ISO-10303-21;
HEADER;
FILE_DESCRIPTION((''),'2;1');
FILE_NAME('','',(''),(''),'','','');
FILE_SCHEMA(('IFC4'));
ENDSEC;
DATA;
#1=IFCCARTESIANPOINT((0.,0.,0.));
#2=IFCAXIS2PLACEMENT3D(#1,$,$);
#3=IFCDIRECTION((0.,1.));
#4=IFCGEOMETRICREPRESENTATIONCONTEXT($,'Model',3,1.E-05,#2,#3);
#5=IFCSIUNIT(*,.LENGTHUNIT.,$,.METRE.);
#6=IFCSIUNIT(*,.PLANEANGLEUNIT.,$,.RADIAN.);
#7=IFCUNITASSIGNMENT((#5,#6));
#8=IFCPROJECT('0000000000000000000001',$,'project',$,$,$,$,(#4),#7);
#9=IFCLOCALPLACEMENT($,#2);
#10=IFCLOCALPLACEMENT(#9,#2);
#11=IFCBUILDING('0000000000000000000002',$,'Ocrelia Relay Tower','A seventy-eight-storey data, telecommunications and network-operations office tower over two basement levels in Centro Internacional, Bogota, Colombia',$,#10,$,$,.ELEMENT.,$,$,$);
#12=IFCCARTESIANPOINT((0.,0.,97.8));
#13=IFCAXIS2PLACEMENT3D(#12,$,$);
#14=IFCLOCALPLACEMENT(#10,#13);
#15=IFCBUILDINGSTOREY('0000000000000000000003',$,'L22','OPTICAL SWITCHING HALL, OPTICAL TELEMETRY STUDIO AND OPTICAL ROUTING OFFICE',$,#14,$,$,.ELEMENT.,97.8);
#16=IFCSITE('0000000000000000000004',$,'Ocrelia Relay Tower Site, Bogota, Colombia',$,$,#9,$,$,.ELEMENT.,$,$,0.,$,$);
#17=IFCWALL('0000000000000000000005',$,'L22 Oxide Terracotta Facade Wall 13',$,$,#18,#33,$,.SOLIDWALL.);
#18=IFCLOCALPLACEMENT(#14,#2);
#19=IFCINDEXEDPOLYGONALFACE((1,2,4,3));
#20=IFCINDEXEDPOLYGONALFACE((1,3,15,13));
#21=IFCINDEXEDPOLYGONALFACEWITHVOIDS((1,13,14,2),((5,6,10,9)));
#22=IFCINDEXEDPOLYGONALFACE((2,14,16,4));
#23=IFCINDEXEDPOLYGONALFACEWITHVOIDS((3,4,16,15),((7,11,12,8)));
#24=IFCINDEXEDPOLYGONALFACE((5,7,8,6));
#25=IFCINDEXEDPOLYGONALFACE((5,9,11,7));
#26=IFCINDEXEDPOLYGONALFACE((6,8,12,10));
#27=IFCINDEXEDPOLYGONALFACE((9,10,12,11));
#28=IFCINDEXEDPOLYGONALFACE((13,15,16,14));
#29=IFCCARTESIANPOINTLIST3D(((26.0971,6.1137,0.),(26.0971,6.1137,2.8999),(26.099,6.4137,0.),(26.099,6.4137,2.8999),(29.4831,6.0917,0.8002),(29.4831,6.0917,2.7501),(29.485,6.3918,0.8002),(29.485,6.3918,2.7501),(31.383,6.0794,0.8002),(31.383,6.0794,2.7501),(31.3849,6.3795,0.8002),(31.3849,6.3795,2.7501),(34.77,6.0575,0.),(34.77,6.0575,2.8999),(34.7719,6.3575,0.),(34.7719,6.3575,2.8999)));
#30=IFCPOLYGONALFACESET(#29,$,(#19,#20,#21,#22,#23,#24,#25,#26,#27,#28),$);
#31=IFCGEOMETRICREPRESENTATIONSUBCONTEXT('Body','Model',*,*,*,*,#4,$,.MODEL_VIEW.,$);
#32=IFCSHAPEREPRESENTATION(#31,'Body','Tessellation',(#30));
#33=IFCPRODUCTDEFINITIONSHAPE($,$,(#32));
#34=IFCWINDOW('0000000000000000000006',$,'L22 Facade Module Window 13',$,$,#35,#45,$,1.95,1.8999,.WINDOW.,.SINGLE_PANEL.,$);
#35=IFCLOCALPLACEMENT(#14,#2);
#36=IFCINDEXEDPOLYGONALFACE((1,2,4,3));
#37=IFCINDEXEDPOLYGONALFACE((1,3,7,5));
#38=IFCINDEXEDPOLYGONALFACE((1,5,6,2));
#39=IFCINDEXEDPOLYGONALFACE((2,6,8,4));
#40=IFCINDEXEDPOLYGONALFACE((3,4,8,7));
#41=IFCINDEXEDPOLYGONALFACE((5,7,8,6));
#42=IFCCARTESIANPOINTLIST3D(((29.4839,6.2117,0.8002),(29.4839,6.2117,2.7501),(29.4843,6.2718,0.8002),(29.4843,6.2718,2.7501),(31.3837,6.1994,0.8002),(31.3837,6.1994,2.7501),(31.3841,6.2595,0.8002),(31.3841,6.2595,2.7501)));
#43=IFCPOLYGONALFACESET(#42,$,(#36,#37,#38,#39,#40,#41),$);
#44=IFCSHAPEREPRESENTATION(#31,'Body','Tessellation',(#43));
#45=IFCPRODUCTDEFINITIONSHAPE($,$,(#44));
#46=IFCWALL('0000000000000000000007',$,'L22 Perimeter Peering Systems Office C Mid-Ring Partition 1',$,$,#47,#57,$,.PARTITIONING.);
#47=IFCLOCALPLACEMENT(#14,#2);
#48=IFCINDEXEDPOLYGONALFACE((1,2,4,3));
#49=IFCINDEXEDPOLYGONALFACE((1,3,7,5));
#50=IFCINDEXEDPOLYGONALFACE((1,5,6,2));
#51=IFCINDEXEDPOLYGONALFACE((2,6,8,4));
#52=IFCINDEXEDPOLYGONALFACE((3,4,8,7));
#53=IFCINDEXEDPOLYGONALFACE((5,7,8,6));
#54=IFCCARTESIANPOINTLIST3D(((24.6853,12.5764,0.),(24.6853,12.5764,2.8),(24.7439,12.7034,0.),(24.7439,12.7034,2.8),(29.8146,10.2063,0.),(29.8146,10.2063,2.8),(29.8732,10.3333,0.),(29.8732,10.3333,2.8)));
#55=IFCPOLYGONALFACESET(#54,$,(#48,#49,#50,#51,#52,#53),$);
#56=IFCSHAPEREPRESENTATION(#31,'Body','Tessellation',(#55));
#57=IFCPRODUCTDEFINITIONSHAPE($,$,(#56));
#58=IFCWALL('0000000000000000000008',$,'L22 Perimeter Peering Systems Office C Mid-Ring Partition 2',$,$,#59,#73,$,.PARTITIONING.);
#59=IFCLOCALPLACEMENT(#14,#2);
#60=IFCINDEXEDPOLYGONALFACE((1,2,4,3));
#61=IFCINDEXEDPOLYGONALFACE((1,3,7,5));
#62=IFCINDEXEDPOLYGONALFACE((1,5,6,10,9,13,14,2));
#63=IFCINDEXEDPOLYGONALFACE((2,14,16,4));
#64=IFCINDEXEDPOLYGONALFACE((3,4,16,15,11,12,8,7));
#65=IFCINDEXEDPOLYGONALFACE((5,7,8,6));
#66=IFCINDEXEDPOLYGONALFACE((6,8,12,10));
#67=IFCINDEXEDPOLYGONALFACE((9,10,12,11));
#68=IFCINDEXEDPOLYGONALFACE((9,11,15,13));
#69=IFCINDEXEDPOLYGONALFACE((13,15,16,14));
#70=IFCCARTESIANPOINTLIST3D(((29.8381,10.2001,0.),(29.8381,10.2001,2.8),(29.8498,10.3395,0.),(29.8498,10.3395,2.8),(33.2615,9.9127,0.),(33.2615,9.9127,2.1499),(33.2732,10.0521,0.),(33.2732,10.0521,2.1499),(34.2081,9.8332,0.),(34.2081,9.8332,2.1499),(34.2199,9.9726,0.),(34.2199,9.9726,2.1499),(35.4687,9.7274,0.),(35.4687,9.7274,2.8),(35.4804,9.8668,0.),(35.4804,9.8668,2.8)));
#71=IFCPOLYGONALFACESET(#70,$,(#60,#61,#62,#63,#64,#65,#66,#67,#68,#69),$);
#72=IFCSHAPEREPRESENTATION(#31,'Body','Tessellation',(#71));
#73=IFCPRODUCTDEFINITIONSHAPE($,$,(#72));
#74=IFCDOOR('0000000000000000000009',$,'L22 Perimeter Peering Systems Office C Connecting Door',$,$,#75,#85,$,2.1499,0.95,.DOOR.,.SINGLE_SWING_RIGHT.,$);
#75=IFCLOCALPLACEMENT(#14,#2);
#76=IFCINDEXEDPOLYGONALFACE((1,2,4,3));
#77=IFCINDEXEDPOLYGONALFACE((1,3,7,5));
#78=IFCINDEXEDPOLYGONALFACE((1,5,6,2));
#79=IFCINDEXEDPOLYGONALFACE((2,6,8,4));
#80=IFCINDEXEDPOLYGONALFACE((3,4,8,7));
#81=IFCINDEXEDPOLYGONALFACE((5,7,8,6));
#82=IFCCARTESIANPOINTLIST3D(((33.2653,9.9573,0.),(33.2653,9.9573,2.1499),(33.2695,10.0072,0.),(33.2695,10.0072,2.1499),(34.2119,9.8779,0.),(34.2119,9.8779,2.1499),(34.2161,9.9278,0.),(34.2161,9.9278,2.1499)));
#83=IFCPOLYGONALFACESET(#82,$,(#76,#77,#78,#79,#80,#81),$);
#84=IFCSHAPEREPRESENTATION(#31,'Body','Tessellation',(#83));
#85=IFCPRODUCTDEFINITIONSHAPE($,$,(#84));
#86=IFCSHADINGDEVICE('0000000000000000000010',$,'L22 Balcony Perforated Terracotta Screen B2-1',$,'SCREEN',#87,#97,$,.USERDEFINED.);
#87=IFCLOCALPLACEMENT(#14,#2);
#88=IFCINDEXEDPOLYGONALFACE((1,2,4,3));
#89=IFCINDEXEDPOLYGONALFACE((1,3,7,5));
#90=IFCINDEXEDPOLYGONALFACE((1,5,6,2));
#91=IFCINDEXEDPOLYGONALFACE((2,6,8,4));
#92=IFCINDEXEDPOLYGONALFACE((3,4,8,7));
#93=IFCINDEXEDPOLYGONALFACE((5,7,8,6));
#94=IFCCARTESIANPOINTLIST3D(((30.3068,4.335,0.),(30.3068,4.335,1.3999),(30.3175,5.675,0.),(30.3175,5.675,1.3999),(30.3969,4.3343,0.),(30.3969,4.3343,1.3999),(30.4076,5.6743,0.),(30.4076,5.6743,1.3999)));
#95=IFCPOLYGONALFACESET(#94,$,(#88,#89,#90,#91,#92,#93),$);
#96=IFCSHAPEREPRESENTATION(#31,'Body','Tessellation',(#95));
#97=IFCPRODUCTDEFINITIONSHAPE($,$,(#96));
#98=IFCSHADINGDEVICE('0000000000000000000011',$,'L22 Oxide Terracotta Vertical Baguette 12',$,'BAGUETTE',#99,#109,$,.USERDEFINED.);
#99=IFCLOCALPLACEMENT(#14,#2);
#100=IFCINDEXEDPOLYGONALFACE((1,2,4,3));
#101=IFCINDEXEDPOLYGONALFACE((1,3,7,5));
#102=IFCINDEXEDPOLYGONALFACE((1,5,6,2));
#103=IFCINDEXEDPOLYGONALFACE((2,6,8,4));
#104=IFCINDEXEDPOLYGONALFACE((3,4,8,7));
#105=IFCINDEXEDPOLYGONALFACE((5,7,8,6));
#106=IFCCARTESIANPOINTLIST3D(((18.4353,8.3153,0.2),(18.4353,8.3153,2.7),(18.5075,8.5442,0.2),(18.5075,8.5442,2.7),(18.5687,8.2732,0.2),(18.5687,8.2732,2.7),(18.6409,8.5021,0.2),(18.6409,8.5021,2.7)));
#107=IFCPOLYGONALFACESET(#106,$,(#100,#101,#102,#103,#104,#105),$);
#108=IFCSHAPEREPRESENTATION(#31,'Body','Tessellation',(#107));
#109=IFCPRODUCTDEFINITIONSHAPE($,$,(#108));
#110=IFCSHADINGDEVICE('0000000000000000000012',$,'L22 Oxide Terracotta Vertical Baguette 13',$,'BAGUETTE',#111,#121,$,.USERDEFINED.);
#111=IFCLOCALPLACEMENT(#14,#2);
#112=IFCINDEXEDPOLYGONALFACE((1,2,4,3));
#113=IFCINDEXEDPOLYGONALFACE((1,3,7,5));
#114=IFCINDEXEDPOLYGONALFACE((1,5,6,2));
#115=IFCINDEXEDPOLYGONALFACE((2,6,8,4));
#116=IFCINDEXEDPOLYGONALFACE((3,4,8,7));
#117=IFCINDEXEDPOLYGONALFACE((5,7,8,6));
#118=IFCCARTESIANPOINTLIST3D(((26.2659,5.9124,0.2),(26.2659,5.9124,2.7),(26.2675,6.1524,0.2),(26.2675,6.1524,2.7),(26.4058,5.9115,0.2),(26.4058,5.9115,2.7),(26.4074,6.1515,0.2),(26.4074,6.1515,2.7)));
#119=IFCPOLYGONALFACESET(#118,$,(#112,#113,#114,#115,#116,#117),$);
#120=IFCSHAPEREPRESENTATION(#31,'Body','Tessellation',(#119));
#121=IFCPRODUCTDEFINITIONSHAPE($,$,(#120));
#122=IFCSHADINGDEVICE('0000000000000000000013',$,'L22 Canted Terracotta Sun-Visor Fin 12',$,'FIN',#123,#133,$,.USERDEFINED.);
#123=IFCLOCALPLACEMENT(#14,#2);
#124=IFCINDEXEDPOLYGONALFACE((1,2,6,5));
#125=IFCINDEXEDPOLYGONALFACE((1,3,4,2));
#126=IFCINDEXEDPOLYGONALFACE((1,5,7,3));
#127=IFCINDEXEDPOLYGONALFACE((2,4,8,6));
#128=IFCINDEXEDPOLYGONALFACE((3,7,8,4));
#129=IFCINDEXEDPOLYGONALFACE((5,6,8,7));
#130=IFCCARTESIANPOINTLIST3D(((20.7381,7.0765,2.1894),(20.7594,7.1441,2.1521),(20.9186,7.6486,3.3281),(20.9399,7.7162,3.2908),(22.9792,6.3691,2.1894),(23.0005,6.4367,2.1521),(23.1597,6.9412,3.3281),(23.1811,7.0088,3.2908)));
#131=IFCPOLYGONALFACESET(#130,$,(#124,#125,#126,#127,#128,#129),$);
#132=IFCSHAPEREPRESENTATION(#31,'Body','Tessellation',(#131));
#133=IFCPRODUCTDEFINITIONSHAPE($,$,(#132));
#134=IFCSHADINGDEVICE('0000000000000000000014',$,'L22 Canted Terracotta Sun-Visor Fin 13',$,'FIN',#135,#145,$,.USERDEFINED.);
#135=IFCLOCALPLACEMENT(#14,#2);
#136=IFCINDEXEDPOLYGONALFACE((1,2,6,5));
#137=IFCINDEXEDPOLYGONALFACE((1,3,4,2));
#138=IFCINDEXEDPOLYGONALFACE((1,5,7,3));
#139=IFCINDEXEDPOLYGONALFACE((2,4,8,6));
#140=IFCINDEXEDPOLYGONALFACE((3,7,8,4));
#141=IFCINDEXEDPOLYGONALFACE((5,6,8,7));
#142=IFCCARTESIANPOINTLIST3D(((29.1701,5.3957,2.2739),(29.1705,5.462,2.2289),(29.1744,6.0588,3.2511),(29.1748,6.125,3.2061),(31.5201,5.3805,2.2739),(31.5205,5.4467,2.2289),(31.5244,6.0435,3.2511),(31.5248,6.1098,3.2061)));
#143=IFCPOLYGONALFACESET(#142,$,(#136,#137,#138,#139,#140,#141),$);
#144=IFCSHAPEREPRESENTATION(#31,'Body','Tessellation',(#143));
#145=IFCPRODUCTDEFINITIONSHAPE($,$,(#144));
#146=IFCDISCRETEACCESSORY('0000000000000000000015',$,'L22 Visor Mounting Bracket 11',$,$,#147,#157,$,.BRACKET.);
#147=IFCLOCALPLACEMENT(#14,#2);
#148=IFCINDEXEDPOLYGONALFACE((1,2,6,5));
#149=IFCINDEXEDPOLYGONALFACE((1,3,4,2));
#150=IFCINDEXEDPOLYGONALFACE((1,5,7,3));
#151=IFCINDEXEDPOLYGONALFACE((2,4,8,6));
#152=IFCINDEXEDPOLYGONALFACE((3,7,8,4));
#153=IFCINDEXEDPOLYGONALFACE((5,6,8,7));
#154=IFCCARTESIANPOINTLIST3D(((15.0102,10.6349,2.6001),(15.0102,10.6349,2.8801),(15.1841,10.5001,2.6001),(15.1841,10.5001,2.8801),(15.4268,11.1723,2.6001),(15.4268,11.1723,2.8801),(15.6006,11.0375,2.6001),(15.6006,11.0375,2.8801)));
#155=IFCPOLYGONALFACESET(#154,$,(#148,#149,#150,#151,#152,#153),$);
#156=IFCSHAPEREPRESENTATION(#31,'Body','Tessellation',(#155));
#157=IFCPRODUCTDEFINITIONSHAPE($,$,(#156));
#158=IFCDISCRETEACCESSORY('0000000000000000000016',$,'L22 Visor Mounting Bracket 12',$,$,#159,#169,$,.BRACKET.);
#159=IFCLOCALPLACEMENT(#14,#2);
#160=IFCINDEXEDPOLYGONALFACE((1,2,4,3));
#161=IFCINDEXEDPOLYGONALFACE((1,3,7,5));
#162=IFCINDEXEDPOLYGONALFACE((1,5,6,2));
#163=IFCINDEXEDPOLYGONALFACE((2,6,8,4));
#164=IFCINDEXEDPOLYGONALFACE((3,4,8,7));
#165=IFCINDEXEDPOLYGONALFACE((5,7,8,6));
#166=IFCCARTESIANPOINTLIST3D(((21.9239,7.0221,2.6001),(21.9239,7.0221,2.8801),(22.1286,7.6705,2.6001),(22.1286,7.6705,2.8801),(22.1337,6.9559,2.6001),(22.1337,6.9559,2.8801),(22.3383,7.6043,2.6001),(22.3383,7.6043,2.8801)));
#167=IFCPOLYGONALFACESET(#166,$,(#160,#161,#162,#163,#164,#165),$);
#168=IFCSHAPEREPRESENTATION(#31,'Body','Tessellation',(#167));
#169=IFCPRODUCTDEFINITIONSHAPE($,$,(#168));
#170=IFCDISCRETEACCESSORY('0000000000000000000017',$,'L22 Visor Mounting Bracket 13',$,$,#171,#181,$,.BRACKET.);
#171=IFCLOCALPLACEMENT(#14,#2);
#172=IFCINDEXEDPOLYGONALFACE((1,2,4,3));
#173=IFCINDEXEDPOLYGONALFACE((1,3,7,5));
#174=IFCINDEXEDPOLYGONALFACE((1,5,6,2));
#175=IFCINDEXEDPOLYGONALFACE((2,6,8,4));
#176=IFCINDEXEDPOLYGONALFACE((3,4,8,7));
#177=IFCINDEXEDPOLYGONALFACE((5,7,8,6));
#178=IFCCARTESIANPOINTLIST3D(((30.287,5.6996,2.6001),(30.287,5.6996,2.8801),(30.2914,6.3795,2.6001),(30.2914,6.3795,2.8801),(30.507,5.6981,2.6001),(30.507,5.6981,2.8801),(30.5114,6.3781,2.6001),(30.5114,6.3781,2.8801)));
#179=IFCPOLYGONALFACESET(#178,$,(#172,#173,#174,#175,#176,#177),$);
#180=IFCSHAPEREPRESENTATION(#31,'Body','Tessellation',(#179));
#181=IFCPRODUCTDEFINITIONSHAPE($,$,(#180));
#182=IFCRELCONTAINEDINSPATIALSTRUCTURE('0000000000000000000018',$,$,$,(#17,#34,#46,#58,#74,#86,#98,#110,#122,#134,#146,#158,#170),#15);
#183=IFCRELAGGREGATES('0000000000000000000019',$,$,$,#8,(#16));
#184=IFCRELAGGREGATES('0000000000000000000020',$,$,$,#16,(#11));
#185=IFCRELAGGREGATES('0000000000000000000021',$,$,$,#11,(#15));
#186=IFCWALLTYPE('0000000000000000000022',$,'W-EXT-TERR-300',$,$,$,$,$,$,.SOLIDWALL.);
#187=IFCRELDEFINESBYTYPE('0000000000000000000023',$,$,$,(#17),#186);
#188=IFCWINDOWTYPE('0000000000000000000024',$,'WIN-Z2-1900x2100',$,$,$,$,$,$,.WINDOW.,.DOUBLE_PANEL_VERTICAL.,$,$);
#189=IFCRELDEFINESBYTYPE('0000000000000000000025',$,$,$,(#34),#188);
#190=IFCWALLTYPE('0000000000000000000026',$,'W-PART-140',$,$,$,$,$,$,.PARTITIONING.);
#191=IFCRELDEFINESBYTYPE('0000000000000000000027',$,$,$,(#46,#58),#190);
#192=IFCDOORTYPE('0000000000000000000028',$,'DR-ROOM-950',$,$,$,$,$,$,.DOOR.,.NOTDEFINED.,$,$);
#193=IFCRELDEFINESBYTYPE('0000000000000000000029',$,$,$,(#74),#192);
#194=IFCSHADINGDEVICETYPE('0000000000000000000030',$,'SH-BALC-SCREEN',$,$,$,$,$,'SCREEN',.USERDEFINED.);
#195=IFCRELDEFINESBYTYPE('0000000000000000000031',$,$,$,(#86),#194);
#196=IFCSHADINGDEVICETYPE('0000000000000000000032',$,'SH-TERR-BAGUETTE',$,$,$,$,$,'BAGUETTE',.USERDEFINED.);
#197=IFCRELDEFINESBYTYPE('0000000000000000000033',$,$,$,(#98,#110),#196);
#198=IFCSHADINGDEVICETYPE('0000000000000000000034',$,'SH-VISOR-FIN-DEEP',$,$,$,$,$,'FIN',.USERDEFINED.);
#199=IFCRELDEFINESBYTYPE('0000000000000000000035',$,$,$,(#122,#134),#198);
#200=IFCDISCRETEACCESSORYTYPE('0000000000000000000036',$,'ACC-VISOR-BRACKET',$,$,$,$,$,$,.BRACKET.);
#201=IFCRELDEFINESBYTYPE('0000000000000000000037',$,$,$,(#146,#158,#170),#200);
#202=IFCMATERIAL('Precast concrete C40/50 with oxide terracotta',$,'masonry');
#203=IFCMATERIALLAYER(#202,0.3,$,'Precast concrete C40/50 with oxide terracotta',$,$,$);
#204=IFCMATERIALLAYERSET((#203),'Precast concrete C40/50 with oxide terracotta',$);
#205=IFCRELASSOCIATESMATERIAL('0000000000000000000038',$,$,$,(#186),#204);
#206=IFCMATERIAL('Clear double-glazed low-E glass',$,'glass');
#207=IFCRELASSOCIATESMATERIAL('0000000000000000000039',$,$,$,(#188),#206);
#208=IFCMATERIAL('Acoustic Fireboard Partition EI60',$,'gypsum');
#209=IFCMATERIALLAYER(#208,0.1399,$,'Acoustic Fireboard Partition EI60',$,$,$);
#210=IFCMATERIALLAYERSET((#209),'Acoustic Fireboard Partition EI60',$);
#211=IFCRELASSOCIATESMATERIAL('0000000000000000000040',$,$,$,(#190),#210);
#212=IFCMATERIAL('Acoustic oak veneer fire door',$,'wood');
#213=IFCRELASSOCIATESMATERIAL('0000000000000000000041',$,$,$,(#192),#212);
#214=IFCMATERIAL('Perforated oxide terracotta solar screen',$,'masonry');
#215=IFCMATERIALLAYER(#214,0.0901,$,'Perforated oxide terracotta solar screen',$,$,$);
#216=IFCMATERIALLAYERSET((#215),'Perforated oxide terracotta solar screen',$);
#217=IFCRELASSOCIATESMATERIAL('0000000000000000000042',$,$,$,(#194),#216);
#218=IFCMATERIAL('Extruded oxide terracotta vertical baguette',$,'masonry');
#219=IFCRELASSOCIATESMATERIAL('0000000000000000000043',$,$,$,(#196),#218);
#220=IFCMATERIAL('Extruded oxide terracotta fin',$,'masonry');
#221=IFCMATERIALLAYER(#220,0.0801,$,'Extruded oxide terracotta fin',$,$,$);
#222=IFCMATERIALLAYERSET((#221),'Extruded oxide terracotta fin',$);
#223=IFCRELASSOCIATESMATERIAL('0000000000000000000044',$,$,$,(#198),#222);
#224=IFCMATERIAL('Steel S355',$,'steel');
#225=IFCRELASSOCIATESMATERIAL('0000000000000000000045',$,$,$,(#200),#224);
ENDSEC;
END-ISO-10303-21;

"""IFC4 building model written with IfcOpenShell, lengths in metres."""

from ifc_helpers import new_model, si_unit, direction, frame, frame_2d, origin, origin_2d, place, context, subcontext, project, spatial, rectangle, extrude, material, layer, layer_set, type_object, element, fill, save


model = new_model("IFC4")

# Units and contexts
model_context = context("Model", 3, precision=1e-05, world=origin(), true_north=direction((0.0, 1.0)))
body_context = subcontext(model_context, "Body", "Model", "MODEL_VIEW")
ifc_project = project(units=[si_unit("LENGTHUNIT", "METRE"), si_unit("PLANEANGLEUNIT", "RADIAN")], contexts=[model_context])

# Site, building, storey
site_placement = place(None, origin())
site = spatial("IfcSite", under=ifc_project, at=site_placement, Name="Ocrelia Relay Tower Site, Bogota, Colombia", CompositionType="ELEMENT", RefElevation=0.0)
building_placement = place(site_placement, origin())
building = spatial("IfcBuilding", under=site, at=building_placement, Name="Ocrelia Relay Tower", Description="A seventy-eight-storey data, telecommunications and network-operations office tower over two basement levels in Centro Internacional, Bogota, Colombia", CompositionType="ELEMENT")
storey_placement = place(building_placement, frame((0.0, 0.0, 97.8)))
storey = spatial("IfcBuildingStorey", under=building, at=storey_placement, Name="L22", Description="OPTICAL SWITCHING HALL, OPTICAL TELEMETRY STUDIO AND OPTICAL ROUTING OFFICE", CompositionType="ELEMENT", Elevation=97.8)

# Shared definitions
ifc_material_1 = material(Name="Steel S355", Category="steel")

# Wall, opening, window
ifc_material_2 = material(Name="Precast concrete C40/50 with oxide terracotta", Category="masonry")
ifc_layer_1 = layer(ifc_material_2, 0.3, Name="Precast concrete C40/50 with oxide terracotta")
ifc_layer_set_1 = layer_set([ifc_layer_1], Name="Precast concrete C40/50 with oxide terracotta")
wall_type_1 = type_object("IfcWallType", Name="W-EXT-TERR-300", PredefinedType="SOLIDWALL", material=ifc_layer_set_1)
ifc_material_3 = material(Name="Clear double-glazed low-E glass", Category="glass")
window_type = type_object("IfcWindowType", Name="WIN-Z2-1900x2100", PartitioningType="DOUBLE_PANEL_VERTICAL", PredefinedType="WINDOW", material=ifc_material_3)
wall_1_placement = place(storey_placement, frame((26.0981, 6.2637, 0.0), z_axis=(0.0, 0.0, 1.0), x_axis=(0.999979, -0.006474, 0.0)))
wall_1 = element("IfcWall", 1, at=wall_1_placement, inside=storey, type_object=wall_type_1, Name="L22 Oxide Terracotta Facade Wall 13", PredefinedType="SOLIDWALL", context=body_context, shape_type="SweptSolid", body=[
    extrude(rectangle(XDim=8.6731, YDim=0.3, at=frame_2d((4.3364, 0.0))), origin(), (0.0, 0.0, 1.0), 2.8999),
])
opening_1_placement = place(wall_1_placement, frame((3.386, 0.0, 0.8)))
opening_1 = element("IfcOpeningElement", 2, at=opening_1_placement, cuts=wall_1, PredefinedType="OPENING", context=body_context, shape_type="SweptSolid", body=[
    extrude(rectangle(XDim=1.8999, YDim=1.95, at=frame_2d((0.95, 0.9751))), frame((0.0, 0.1602, 0.0), z_axis=(0.0, -1.0, 0.0), x_axis=(1.0, 0.0, 0.0)), (0.0, 0.0, 1.0), 0.3201),
])
window_1_placement = place(opening_1_placement, origin())
window_1 = element("IfcWindow", 3, at=window_1_placement, inside=storey, type_object=window_type, Name="L22 Facade Module Window 13", OverallHeight=1.95, OverallWidth=1.8999, PartitioningType="SINGLE_PANEL", PredefinedType="WINDOW", context=body_context, shape_type="SweptSolid", body=[
    extrude(rectangle(XDim=1.8999, YDim=1.95, at=frame_2d((0.95, 0.9751))), frame((0.0, 0.03, 0.0), z_axis=(0.0, -1.0, 0.0), x_axis=(1.0, 0.0, 0.0)), (0.0, 0.0, 1.0), 0.0601),
])
fill(opening_1, window_1)

# Wall
ifc_material_4 = material(Name="Acoustic Fireboard Partition EI60", Category="gypsum")
ifc_layer_2 = layer(ifc_material_4, 0.1399, Name="Acoustic Fireboard Partition EI60")
ifc_layer_set_2 = layer_set([ifc_layer_2], Name="Acoustic Fireboard Partition EI60")
wall_type_2 = type_object("IfcWallType", Name="W-PART-140", PredefinedType="PARTITIONING", material=ifc_layer_set_2)
wall_2_placement = place(storey_placement, frame((24.7146, 12.6399, 0.0), z_axis=(0.0, 0.0, 1.0), x_axis=(0.907777, -0.419453, 0.0)))
element("IfcWall", 4, at=wall_2_placement, inside=storey, type_object=wall_type_2, Name="L22 Perimeter Peering Systems Office C Mid-Ring Partition 1", PredefinedType="PARTITIONING", context=body_context, shape_type="SweptSolid", body=[
    extrude(rectangle(XDim=5.6504, YDim=0.1399, at=frame_2d((2.8252, 0.0))), origin(), (0.0, 0.0, 1.0), 2.8),
])

# Wall, opening, door
wall_3_placement = place(storey_placement, frame((29.844, 10.2698, 0.0), z_axis=(0.0, 0.0, 1.0), x_axis=(0.996495, -0.08365, 0.0)))
wall_3 = element("IfcWall", 5, at=wall_3_placement, inside=storey, type_object=wall_type_2, Name="L22 Perimeter Peering Systems Office C Mid-Ring Partition 2", PredefinedType="PARTITIONING", context=body_context, shape_type="SweptSolid", body=[
    extrude(rectangle(XDim=5.6504, YDim=0.1399, at=frame_2d((2.8252, 0.0))), origin(), (0.0, 0.0, 1.0), 2.8),
])
opening_2_placement = place(wall_3_placement, frame((3.4353, 0.0, 0.0)))
opening_2 = element("IfcOpeningElement", 6, at=opening_2_placement, cuts=wall_3, PredefinedType="OPENING", context=body_context, shape_type="SweptSolid", body=[
    extrude(rectangle(XDim=0.95, YDim=2.1499, at=frame_2d((0.4751, 1.075))), frame((0.0, 0.0801, 0.0), z_axis=(0.0, -1.0, 0.0), x_axis=(1.0, 0.0, 0.0)), (0.0, 0.0, 1.0), 0.1599),
])
ifc_material_5 = material(Name="Acoustic oak veneer fire door", Category="wood")
door_type = type_object("IfcDoorType", Name="DR-ROOM-950", OperationType="NOTDEFINED", PredefinedType="DOOR", material=ifc_material_5)
door_placement = place(opening_2_placement, origin())
door = element("IfcDoor", 7, at=door_placement, inside=storey, type_object=door_type, Name="L22 Perimeter Peering Systems Office C Connecting Door", OperationType="SINGLE_SWING_RIGHT", OverallHeight=2.1499, OverallWidth=0.95, PredefinedType="DOOR", context=body_context, shape_type="SweptSolid", body=[
    extrude(rectangle(XDim=0.95, YDim=2.1499, at=frame_2d((0.4751, 1.075))), frame((0.0, 0.0249, 0.0), z_axis=(0.0, -1.0, 0.0), x_axis=(1.0, 0.0, 0.0)), (0.0, 0.0, 1.0), 0.05),
])
fill(opening_2, door)

# Shading devices
ifc_material_6 = material(Name="Perforated oxide terracotta solar screen", Category="masonry")
ifc_layer_3 = layer(ifc_material_6, 0.0901, Name="Perforated oxide terracotta solar screen")
ifc_layer_set_3 = layer_set([ifc_layer_3], Name="Perforated oxide terracotta solar screen")
shading_device_type_1 = type_object("IfcShadingDeviceType", Name="SH-BALC-SCREEN", ElementType="SCREEN", PredefinedType="USERDEFINED", material=ifc_layer_set_3)
shading_device_1_placement = place(storey_placement, frame((30.3572, 5.0046, 0.0), z_axis=(0.0, 0.0, 1.0), x_axis=(-0.007966, -0.999968, 0.0)))
element("IfcShadingDevice", 8, at=shading_device_1_placement, inside=storey, type_object=shading_device_type_1, Name="L22 Balcony Perforated Terracotta Screen B2-1", ObjectType="SCREEN", PredefinedType="USERDEFINED", context=body_context, shape_type="SweptSolid", body=[
    extrude(rectangle(XDim=1.3401, YDim=0.0901, at=origin_2d()), origin(), (0.0, 0.0, 1.0), 1.3999),
])
ifc_material_7 = material(Name="Extruded oxide terracotta vertical baguette", Category="masonry")
shading_device_type_2 = type_object("IfcShadingDeviceType", Name="SH-TERR-BAGUETTE", ElementType="BAGUETTE", PredefinedType="USERDEFINED", material=ifc_material_7)
for number, where, z_axis, x_axis, name in (
    (9, (18.5381, 8.4087, 0.2), (0.0, 0.0, 1.0), (0.953622, -0.301008, 0.0), "L22 Oxide Terracotta Vertical Baguette 12"),
    (10, (26.3367, 6.032, 0.2), (0.0, 0.0, 1.0), (0.999979, -0.00648, 0.0), "L22 Oxide Terracotta Vertical Baguette 13"),
):
    element("IfcShadingDevice", number, at=place(storey_placement, frame(where, z_axis=z_axis, x_axis=x_axis)), inside=storey, type_object=shading_device_type_2, Name=name, ObjectType="BAGUETTE", PredefinedType="USERDEFINED", context=body_context, shape_type="SweptSolid", body=[
        extrude(rectangle(XDim=0.1399, YDim=0.24, at=origin_2d()), origin(), (0.0, 0.0, 1.0), 2.5),
    ])
ifc_material_8 = material(Name="Extruded oxide terracotta fin", Category="masonry")
ifc_layer_4 = layer(ifc_material_8, 0.0801, Name="Extruded oxide terracotta fin")
ifc_layer_set_4 = layer_set([ifc_layer_4], Name="Extruded oxide terracotta fin")
shading_device_type_3 = type_object("IfcShadingDeviceType", Name="SH-VISOR-FIN-DEEP", ElementType="FIN", PredefinedType="USERDEFINED", material=ifc_layer_set_4)
shading_device_2_placement = place(storey_placement, frame((21.9702, 7.0764, 2.7214), z_axis=(-0.266315, -0.843711, 0.466078), x_axis=(0.953622, -0.301008, 0.0)))
element("IfcShadingDevice", 11, at=shading_device_2_placement, inside=storey, type_object=shading_device_type_3, Name="L22 Canted Terracotta Sun-Visor Fin 12", ObjectType="FIN", PredefinedType="USERDEFINED", context=body_context, shape_type="SweptSolid", body=[
    extrude(rectangle(XDim=2.3501, YDim=1.2871, at=origin_2d()), origin(), (0.0, 0.0, 1.0), 0.0801),
])
shading_device_3_placement = place(storey_placement, frame((30.3477, 5.7859, 2.7175), z_axis=(-0.005362, -0.827455, 0.561506), x_axis=(0.999979, -0.00648, 0.0)))
element("IfcShadingDevice", 12, at=shading_device_3_placement, inside=storey, type_object=shading_device_type_3, Name="L22 Canted Terracotta Sun-Visor Fin 13", ObjectType="FIN", PredefinedType="USERDEFINED", context=body_context, shape_type="SweptSolid", body=[
    extrude(rectangle(XDim=2.3501, YDim=1.1809, at=origin_2d()), origin(), (0.0, 0.0, 1.0), 0.0801),
])

# Discrete accessories
discrete_accessory_type = type_object("IfcDiscreteAccessoryType", Name="ACC-VISOR-BRACKET", PredefinedType="BRACKET", material=ifc_material_1)
for number, where, z_axis, x_axis, name in (
    (13, (15.3054, 10.8362, 2.6001), (0.0, 0.0, 1.0), (0.790363, -0.612638, 0.0), "L22 Visor Mounting Bracket 11"),
    (14, (22.1311, 7.3132, 2.6001), (0.0, 0.0, 1.0), (0.953622, -0.301008, 0.0), "L22 Visor Mounting Bracket 12"),
    (15, (30.3992, 6.0388, 2.6001), (0.0, 0.0, 1.0), (0.999979, -0.00648, 0.0), "L22 Visor Mounting Bracket 13"),
):
    element("IfcDiscreteAccessory", number, at=place(storey_placement, frame(where, z_axis=z_axis, x_axis=x_axis)), inside=storey, type_object=discrete_accessory_type, Name=name, PredefinedType="BRACKET", context=body_context, shape_type="SweptSolid", body=[
        extrude(rectangle(XDim=0.22, YDim=0.6799, at=origin_2d()), origin(), (0.0, 0.0, 1.0), 0.28),
    ])

save(model, "model.ifc")
